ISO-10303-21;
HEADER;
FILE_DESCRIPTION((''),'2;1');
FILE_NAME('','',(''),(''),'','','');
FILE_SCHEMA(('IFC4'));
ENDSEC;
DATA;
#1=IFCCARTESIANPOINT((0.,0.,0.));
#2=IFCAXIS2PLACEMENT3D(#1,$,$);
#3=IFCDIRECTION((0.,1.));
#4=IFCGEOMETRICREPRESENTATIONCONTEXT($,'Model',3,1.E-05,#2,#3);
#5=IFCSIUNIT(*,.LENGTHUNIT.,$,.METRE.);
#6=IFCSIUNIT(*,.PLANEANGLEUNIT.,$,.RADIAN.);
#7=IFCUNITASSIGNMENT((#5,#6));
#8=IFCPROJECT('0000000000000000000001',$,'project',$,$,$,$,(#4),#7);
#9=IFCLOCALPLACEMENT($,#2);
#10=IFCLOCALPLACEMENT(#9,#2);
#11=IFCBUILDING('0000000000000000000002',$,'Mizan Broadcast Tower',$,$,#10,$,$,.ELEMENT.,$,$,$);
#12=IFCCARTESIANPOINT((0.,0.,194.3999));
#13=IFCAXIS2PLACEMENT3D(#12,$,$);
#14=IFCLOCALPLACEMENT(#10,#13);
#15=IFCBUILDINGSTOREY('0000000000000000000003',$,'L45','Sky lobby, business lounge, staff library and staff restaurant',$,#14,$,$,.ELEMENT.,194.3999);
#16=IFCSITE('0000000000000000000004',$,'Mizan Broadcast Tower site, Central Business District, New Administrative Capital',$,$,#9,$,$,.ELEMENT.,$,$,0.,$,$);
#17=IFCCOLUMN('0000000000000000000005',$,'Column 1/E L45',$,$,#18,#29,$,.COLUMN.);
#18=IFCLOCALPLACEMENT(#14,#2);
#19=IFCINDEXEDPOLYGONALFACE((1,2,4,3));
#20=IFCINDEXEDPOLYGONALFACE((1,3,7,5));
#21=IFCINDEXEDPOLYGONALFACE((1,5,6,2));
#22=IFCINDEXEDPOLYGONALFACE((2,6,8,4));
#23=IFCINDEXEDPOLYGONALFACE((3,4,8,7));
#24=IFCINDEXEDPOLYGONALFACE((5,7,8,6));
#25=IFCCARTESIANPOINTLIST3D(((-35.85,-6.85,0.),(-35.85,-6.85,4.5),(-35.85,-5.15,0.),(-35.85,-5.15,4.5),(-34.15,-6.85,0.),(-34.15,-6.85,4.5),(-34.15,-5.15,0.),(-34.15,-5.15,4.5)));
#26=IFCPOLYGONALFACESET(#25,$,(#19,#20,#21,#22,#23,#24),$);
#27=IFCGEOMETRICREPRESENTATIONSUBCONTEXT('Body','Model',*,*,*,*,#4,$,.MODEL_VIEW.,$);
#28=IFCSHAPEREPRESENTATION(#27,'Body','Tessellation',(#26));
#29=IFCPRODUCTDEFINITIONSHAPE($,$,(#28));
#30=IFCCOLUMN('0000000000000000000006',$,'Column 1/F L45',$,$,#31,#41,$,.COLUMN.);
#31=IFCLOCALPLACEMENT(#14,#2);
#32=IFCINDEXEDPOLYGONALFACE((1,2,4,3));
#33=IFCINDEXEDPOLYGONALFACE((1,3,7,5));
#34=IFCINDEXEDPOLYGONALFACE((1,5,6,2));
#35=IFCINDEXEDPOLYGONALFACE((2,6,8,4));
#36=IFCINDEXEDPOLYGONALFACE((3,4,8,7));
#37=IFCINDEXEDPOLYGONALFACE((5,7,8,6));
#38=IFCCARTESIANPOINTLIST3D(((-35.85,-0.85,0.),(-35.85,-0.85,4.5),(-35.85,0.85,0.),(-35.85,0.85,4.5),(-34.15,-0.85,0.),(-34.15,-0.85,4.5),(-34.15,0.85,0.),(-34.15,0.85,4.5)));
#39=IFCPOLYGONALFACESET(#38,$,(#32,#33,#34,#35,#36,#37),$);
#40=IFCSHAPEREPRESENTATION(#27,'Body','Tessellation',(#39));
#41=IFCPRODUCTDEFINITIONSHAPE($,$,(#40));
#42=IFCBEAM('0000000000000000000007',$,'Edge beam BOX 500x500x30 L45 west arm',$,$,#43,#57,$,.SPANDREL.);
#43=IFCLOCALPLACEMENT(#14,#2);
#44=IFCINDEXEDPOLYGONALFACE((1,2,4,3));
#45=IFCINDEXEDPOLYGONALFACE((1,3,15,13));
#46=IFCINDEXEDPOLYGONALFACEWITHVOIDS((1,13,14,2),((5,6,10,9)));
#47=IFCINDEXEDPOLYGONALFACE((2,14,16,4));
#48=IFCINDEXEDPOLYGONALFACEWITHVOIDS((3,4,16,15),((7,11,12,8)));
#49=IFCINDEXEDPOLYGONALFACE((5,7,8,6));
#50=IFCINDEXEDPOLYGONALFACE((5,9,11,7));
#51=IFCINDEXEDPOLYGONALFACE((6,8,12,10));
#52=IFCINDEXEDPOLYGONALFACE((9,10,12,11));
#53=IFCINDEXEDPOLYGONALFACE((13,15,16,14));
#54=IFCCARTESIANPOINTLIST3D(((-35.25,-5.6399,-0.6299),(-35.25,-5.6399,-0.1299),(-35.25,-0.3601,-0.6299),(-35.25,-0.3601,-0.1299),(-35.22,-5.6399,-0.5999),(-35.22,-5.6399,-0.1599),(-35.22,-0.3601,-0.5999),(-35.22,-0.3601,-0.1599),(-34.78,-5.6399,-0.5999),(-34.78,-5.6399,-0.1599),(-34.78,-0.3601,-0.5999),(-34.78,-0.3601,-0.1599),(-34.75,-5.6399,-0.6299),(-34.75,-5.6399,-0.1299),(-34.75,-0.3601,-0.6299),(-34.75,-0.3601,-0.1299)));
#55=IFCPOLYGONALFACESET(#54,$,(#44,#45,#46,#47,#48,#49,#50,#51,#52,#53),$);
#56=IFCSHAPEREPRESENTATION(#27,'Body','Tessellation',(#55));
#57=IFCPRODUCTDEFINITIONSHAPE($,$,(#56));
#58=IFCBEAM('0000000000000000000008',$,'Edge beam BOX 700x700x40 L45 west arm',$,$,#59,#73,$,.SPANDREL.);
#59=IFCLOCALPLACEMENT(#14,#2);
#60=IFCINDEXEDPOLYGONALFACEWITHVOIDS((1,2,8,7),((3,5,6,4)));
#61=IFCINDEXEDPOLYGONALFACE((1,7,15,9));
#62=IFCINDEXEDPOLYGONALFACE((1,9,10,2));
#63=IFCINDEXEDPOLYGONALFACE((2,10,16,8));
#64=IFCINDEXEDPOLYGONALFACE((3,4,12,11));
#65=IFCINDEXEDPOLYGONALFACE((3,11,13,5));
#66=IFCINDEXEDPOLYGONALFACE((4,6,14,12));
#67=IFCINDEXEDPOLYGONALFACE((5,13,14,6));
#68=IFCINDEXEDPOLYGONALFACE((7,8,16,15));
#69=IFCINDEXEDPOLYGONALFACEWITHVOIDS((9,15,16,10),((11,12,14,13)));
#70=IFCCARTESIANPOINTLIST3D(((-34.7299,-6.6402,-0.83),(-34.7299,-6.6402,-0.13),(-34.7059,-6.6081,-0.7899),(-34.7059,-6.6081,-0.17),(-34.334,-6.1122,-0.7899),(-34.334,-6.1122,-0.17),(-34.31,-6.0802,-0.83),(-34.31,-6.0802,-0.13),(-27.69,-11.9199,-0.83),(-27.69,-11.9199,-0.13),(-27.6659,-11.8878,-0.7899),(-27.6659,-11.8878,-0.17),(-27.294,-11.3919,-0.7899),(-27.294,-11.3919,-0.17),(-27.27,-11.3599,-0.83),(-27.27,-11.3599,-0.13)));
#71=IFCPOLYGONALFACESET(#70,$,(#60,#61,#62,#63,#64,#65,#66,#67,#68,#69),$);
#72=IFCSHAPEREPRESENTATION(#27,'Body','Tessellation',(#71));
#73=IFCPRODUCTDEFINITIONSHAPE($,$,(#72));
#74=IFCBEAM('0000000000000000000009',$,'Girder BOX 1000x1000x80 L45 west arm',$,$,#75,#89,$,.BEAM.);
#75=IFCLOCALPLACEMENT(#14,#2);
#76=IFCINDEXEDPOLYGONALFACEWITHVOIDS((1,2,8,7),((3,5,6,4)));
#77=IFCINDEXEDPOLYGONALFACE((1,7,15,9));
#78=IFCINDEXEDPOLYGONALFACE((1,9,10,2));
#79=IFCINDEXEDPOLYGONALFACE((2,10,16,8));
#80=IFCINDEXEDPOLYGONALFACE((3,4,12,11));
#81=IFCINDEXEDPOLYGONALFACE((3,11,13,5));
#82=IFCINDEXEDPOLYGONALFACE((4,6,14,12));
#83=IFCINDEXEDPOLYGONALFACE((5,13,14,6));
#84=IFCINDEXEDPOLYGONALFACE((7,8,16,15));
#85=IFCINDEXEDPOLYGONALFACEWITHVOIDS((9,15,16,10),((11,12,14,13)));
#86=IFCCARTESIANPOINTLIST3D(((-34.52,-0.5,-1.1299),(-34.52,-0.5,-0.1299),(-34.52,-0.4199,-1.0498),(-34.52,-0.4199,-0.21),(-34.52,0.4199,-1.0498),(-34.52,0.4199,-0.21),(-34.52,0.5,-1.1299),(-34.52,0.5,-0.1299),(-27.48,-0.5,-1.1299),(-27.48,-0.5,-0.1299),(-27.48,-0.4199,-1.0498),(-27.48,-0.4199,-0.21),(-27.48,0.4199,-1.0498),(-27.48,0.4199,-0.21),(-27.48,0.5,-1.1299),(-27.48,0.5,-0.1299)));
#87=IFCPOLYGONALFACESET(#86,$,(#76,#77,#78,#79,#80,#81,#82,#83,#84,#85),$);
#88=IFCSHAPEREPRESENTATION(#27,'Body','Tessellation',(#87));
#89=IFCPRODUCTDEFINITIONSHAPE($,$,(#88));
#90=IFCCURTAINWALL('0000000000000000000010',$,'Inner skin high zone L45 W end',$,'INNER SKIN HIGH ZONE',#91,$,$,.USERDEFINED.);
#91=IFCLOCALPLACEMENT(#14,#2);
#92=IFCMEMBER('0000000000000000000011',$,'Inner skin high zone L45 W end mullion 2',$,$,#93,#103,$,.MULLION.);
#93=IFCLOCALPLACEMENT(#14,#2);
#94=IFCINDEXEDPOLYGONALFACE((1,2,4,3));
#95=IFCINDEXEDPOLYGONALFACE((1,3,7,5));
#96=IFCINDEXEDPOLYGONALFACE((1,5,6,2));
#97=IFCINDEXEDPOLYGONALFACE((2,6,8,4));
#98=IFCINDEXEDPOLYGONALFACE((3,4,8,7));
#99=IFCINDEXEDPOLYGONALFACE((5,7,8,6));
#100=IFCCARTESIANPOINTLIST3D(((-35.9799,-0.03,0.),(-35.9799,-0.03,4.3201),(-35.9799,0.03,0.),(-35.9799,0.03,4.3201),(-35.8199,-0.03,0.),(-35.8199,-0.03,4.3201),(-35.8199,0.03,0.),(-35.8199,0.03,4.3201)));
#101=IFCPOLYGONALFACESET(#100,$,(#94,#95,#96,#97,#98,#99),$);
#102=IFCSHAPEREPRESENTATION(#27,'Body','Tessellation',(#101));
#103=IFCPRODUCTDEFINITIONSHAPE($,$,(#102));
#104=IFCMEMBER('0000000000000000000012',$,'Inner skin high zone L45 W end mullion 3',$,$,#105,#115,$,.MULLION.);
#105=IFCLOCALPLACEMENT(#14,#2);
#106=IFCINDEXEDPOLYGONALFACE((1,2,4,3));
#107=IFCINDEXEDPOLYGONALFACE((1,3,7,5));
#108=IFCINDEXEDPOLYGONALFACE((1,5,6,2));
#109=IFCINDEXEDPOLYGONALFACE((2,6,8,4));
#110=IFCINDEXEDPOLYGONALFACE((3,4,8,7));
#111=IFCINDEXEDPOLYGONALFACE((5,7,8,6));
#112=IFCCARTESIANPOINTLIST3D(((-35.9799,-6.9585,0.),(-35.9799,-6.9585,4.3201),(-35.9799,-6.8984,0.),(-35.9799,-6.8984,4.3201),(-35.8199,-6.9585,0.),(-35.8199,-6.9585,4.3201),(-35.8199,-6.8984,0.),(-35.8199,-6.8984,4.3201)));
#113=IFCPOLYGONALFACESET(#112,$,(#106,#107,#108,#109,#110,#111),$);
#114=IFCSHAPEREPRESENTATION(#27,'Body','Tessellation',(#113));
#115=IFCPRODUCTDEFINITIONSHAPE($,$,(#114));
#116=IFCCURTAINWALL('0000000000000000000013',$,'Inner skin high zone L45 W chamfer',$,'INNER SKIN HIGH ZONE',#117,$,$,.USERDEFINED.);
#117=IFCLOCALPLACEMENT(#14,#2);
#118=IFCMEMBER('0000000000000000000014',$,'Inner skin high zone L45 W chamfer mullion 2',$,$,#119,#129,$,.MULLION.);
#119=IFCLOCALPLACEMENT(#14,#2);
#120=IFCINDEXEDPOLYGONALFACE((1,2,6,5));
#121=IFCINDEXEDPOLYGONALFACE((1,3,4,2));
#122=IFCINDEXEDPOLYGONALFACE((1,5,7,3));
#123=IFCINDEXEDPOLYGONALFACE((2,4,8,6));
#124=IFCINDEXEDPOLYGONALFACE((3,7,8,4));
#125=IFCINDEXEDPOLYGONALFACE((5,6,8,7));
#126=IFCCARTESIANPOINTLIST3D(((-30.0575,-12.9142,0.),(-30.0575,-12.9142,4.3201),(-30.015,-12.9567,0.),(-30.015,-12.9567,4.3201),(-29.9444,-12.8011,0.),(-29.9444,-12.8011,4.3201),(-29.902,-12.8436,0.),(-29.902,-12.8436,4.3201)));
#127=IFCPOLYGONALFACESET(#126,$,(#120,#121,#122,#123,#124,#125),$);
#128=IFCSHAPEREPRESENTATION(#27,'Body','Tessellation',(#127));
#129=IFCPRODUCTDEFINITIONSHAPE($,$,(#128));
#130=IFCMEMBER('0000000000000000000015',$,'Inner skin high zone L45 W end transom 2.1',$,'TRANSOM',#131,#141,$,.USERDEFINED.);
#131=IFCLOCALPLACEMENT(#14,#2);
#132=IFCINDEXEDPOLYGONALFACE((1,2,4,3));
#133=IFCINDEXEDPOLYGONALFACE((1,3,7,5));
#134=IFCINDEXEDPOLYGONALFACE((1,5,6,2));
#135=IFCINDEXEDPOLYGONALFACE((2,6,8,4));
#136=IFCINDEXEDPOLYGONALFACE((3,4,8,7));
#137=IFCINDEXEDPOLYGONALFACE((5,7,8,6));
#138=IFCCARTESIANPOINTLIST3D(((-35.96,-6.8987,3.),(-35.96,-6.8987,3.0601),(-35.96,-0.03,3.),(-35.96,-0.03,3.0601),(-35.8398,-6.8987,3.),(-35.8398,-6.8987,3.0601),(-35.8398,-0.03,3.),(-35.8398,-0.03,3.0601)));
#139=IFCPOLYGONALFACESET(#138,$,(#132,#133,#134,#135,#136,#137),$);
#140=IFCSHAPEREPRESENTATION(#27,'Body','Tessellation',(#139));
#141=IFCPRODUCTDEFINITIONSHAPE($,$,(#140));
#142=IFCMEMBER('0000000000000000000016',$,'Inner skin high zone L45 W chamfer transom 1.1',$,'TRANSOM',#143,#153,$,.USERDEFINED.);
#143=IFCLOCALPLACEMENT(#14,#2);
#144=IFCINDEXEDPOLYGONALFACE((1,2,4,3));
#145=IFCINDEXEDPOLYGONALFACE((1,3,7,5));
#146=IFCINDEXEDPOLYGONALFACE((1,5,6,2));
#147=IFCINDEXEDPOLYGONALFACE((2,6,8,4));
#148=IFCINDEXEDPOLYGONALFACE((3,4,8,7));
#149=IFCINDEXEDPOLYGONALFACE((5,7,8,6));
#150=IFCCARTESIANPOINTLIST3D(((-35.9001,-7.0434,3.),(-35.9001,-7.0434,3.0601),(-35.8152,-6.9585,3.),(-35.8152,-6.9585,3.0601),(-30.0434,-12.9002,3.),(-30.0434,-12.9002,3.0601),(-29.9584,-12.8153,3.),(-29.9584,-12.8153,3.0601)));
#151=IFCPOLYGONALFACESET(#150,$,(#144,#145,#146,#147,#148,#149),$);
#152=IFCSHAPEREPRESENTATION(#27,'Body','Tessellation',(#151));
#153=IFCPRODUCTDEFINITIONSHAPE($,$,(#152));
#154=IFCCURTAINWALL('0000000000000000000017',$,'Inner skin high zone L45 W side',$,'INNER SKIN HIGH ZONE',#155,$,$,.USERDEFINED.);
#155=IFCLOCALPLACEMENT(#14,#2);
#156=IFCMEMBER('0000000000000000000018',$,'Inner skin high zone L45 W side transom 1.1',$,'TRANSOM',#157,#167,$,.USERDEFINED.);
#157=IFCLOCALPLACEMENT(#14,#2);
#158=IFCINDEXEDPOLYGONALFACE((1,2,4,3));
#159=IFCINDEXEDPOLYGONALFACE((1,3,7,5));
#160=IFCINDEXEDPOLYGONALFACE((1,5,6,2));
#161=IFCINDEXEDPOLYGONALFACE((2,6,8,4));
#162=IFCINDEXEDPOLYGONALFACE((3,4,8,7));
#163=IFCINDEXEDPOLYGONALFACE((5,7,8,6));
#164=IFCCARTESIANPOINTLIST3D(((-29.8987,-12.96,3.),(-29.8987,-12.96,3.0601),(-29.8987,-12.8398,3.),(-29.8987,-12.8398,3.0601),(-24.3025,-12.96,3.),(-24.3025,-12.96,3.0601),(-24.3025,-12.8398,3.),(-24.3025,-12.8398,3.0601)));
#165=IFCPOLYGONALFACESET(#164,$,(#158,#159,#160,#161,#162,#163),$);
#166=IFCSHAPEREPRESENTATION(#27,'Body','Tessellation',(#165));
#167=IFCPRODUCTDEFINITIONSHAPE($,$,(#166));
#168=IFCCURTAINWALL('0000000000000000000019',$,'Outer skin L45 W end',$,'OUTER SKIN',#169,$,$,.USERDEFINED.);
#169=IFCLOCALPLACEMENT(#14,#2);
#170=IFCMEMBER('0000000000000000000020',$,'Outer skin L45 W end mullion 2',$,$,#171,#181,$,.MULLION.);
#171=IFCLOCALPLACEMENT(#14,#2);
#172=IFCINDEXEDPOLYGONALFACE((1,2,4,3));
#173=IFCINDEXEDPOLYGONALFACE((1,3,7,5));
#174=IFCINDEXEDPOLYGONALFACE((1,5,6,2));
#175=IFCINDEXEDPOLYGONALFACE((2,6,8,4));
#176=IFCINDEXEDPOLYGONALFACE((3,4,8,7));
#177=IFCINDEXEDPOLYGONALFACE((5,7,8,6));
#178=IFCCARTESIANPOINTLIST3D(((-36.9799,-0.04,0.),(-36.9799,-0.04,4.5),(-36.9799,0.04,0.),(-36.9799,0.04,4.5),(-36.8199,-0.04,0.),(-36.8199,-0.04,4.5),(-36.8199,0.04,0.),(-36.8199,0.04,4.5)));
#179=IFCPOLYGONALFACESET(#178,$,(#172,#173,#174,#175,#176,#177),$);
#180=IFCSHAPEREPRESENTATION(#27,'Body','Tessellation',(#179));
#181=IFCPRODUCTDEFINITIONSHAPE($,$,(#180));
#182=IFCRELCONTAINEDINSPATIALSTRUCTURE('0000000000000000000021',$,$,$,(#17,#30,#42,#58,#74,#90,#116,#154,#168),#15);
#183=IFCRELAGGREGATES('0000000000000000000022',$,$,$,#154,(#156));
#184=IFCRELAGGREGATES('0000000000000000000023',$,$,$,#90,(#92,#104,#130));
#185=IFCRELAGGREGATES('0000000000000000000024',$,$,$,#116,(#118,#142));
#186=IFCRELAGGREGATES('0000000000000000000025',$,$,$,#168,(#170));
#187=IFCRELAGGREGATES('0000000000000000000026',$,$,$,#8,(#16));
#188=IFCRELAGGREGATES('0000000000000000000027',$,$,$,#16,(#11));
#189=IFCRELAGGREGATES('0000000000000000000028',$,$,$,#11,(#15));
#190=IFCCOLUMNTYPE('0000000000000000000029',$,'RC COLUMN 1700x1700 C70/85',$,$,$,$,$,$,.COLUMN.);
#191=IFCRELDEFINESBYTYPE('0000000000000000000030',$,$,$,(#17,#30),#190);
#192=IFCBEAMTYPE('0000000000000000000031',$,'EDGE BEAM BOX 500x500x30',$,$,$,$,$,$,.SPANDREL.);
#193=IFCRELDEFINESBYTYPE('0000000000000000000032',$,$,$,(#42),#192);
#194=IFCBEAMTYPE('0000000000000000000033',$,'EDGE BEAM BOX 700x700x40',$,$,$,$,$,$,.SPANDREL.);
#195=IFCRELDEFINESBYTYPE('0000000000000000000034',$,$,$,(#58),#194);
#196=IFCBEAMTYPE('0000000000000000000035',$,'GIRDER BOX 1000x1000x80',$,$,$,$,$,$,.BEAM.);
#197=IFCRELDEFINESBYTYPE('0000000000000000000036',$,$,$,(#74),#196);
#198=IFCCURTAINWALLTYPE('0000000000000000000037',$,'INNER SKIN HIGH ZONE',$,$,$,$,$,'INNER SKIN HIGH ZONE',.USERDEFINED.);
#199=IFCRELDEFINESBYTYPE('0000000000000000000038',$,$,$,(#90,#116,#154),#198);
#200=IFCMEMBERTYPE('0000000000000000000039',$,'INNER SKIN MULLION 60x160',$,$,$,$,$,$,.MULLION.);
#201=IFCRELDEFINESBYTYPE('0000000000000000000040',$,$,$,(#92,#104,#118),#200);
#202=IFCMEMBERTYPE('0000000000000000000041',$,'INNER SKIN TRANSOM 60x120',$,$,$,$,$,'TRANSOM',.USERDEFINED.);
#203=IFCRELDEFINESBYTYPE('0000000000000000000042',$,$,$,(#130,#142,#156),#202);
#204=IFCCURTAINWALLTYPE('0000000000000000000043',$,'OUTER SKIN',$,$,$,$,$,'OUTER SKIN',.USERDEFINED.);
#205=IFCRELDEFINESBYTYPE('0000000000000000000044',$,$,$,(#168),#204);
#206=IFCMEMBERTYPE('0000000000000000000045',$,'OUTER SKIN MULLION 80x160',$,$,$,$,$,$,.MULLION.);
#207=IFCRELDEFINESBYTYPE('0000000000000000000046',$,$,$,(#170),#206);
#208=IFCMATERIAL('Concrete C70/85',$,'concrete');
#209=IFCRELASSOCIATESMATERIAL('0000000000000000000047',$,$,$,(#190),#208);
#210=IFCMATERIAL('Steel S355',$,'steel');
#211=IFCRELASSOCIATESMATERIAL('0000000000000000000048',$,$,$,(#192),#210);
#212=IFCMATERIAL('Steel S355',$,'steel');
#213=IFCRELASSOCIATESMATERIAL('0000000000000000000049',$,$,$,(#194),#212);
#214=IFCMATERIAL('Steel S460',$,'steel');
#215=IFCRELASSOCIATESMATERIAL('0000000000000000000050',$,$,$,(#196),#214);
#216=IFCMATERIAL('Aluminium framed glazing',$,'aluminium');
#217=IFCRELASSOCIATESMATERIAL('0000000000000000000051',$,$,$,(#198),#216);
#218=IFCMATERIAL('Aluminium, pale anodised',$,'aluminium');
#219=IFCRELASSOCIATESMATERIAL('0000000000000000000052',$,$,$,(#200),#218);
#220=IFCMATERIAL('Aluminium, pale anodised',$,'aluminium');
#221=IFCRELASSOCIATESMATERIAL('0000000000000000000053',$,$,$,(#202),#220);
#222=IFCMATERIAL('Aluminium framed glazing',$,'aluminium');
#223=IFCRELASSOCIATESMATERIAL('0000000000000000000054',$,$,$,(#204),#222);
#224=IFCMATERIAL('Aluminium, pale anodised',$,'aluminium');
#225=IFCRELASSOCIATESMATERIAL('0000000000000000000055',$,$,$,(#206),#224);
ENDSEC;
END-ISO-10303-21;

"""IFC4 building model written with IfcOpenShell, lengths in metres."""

from ifc_helpers import new_model, si_unit, direction, frame, origin, origin_2d, place, context, subcontext, project, spatial, rectangle, hollow_rectangle, extrude, material, material_profile, profile_set, type_object, element, aggregate, save


model = new_model("IFC4")

# Units and contexts
model_context = context("Model", 3, precision=1e-05, world=origin(), true_north=direction((0.0, 1.0)))
body_context = subcontext(model_context, "Body", "Model", "MODEL_VIEW")
ifc_project = project(units=[si_unit("LENGTHUNIT", "METRE"), si_unit("PLANEANGLEUNIT", "RADIAN")], contexts=[model_context])

# Site, building, storey
site_placement = place(None, origin())
site = spatial("IfcSite", under=ifc_project, at=site_placement, Name="Mizan Broadcast Tower site, Central Business District, New Administrative Capital", CompositionType="ELEMENT", RefElevation=0.0)
building_placement = place(site_placement, origin())
building = spatial("IfcBuilding", under=site, at=building_placement, Name="Mizan Broadcast Tower", CompositionType="ELEMENT")
storey_placement = place(building_placement, frame((0.0, 0.0, 194.3999)))
storey = spatial("IfcBuildingStorey", under=building, at=storey_placement, Name="L45", Description="Sky lobby, business lounge, staff library and staff restaurant", CompositionType="ELEMENT", Elevation=194.3999)

# Columns
ifc_material_1 = material(Name="Concrete C70/85", Category="concrete")
ifc_material_profile_1 = material_profile(ifc_material_1, rectangle(XDim=1.7, YDim=1.7, at=origin_2d()), Name="RC 1700x1700")
ifc_profile_set_1 = profile_set([ifc_material_profile_1], Name="Concrete C70/85")
column_type = type_object("IfcColumnType", Name="RC COLUMN 1700x1700 C70/85", PredefinedType="COLUMN", material=ifc_profile_set_1)
for number, where, z_axis, x_axis, name in (
    (1, (-35.0, -6.0, 0.0), (0.0, 0.0, 1.0), (1.0, 0.0, 0.0), "Column 1/E L45"),
    (2, (-35.0, 0.0, 0.0), (0.0, 0.0, 1.0), (1.0, 0.0, 0.0), "Column 1/F L45"),
):
    element("IfcColumn", number, at=place(storey_placement, frame(where, z_axis=z_axis, x_axis=x_axis)), inside=storey, type_object=column_type, Name=name, PredefinedType="COLUMN", context=body_context, shape_type="SweptSolid", body=[
        extrude(rectangle(XDim=1.7, YDim=1.7, at=origin_2d()), origin(), (0.0, 0.0, 1.0), 4.5),
    ])

# Beams
ifc_material_2 = material(Name="Steel S355", Category="steel")
ifc_material_profile_2 = material_profile(ifc_material_2, hollow_rectangle(XDim=0.5, YDim=0.5, WallThickness=0.03, at=origin_2d()), Name="BOX 500x500x30")
ifc_profile_set_2 = profile_set([ifc_material_profile_2], Name="Steel S355")
beam_type_1 = type_object("IfcBeamType", Name="EDGE BEAM BOX 500x500x30", PredefinedType="SPANDREL", material=ifc_profile_set_2)
beam_1_placement = place(storey_placement, frame((-35.0, -5.6399, -0.3799), z_axis=(0.0, 1.0, 0.0), x_axis=(-1.0, 0.0, 0.0)))
element("IfcBeam", 3, at=beam_1_placement, inside=storey, type_object=beam_type_1, Name="Edge beam BOX 500x500x30 L45 west arm", PredefinedType="SPANDREL", context=body_context, shape_type="SweptSolid", body=[
    extrude(hollow_rectangle(XDim=0.5, YDim=0.5, WallThickness=0.03, at=origin_2d()), origin(), (0.0, 0.0, 1.0), 5.2798),
])
ifc_material_3 = material(Name="Steel S355", Category="steel")
ifc_material_profile_3 = material_profile(ifc_material_3, hollow_rectangle(XDim=0.7, YDim=0.7, WallThickness=0.04, at=origin_2d()), Name="BOX 700x700x40")
ifc_profile_set_3 = profile_set([ifc_material_profile_3], Name="Steel S355")
beam_type_2 = type_object("IfcBeamType", Name="EDGE BEAM BOX 700x700x40", PredefinedType="SPANDREL", material=ifc_profile_set_3)
beam_2_placement = place(storey_placement, frame((-27.48, -11.6399, -0.48), z_axis=(-0.800013, 0.599982, 0.0), x_axis=(-0.599982, -0.800013, 0.0)))
element("IfcBeam", 4, at=beam_2_placement, inside=storey, type_object=beam_type_2, Name="Edge beam BOX 700x700x40 L45 west arm", PredefinedType="SPANDREL", context=body_context, shape_type="SweptSolid", body=[
    extrude(hollow_rectangle(XDim=0.7, YDim=0.7, WallThickness=0.04, at=origin_2d()), origin(), (0.0, 0.0, 1.0), 8.7998),
])
ifc_material_4 = material(Name="Steel S460", Category="steel")
ifc_material_profile_4 = material_profile(ifc_material_4, hollow_rectangle(XDim=1.0, YDim=1.0, WallThickness=0.0801, at=origin_2d()), Name="BOX 1000x1000x80")
ifc_profile_set_4 = profile_set([ifc_material_profile_4], Name="Steel S460")
beam_type_3 = type_object("IfcBeamType", Name="GIRDER BOX 1000x1000x80", PredefinedType="BEAM", material=ifc_profile_set_4)
beam_3_placement = place(storey_placement, frame((-27.48, 0.0, -0.6299), z_axis=(-1.0, 0.0, 0.0), x_axis=(0.0, -1.0, 0.0)))
element("IfcBeam", 5, at=beam_3_placement, inside=storey, type_object=beam_type_3, Name="Girder BOX 1000x1000x80 L45 west arm", PredefinedType="BEAM", context=body_context, shape_type="SweptSolid", body=[
    extrude(hollow_rectangle(XDim=1.0, YDim=1.0, WallThickness=0.0801, at=origin_2d()), origin(), (0.0, 0.0, 1.0), 7.04),
])

# Curtain wall, members
ifc_material_5 = material(Name="Aluminium framed glazing", Category="aluminium")
curtain_wall_type_1 = type_object("IfcCurtainWallType", Name="INNER SKIN HIGH ZONE", ElementType="INNER SKIN HIGH ZONE", PredefinedType="USERDEFINED", material=ifc_material_5)
curtain_wall_1_placement = place(storey_placement, origin())
curtain_wall_1 = element("IfcCurtainWall", 6, at=curtain_wall_1_placement, inside=storey, type_object=curtain_wall_type_1, Name="Inner skin high zone L45 W end", ObjectType="INNER SKIN HIGH ZONE", PredefinedType="USERDEFINED")
ifc_material_6 = material(Name="Aluminium, pale anodised", Category="aluminium")
ifc_material_profile_5 = material_profile(ifc_material_6, rectangle(XDim=0.1599, YDim=0.0601, at=origin_2d()), Name="MULLION 160x60")
ifc_profile_set_5 = profile_set([ifc_material_profile_5], Name="Aluminium, pale anodised")
member_type_1 = type_object("IfcMemberType", Name="INNER SKIN MULLION 60x160", PredefinedType="MULLION", material=ifc_profile_set_5)
member_1_placement = place(storey_placement, frame((-35.8999, 0.0, 0.0), z_axis=(0.0, 0.0, 1.0), x_axis=(1.0, 0.0, 0.0)))
member_1 = element("IfcMember", 7, at=member_1_placement, type_object=member_type_1, Name="Inner skin high zone L45 W end mullion 2", PredefinedType="MULLION", context=body_context, shape_type="SweptSolid", body=[
    extrude(rectangle(XDim=0.1599, YDim=0.0601, at=origin_2d()), origin(), (0.0, 0.0, 1.0), 4.3201),
])
member_2_placement = place(storey_placement, frame((-35.8999, -6.9285, 0.0), z_axis=(0.0, 0.0, 1.0), x_axis=(1.0, 0.0, 0.0)))
member_2 = element("IfcMember", 8, at=member_2_placement, type_object=member_type_1, Name="Inner skin high zone L45 W end mullion 3", PredefinedType="MULLION", context=body_context, shape_type="SweptSolid", body=[
    extrude(rectangle(XDim=0.1599, YDim=0.0601, at=origin_2d()), origin(), (0.0, 0.0, 1.0), 4.3201),
])

# Curtain wall, member
curtain_wall_2_placement = place(storey_placement, origin())
curtain_wall_2 = element("IfcCurtainWall", 9, at=curtain_wall_2_placement, inside=storey, type_object=curtain_wall_type_1, Name="Inner skin high zone L45 W chamfer", ObjectType="INNER SKIN HIGH ZONE", PredefinedType="USERDEFINED")
member_3_placement = place(storey_placement, frame((-29.9797, -12.8789, 0.0), z_axis=(0.0, 0.0, 1.0), x_axis=(0.707107, 0.707107, 0.0)))
member_3 = element("IfcMember", 10, at=member_3_placement, type_object=member_type_1, Name="Inner skin high zone L45 W chamfer mullion 2", PredefinedType="MULLION", context=body_context, shape_type="SweptSolid", body=[
    extrude(rectangle(XDim=0.1599, YDim=0.0601, at=origin_2d()), origin(), (0.0, 0.0, 1.0), 4.3201),
])

# Members
ifc_material_7 = material(Name="Aluminium, pale anodised", Category="aluminium")
ifc_material_profile_6 = material_profile(ifc_material_7, rectangle(XDim=0.1201, YDim=0.0601, at=origin_2d()), Name="TRANSOM 120x60")
ifc_profile_set_6 = profile_set([ifc_material_profile_6], Name="Aluminium, pale anodised")
member_type_2 = type_object("IfcMemberType", Name="INNER SKIN TRANSOM 60x120", ElementType="TRANSOM", PredefinedType="USERDEFINED", material=ifc_profile_set_6)
member_4_placement = place(storey_placement, frame((-35.8999, -0.03, 3.03), z_axis=(0.0, -1.0, 0.0), x_axis=(1.0, 0.0, 0.0)))
member_4 = element("IfcMember", 11, at=member_4_placement, type_object=member_type_2, Name="Inner skin high zone L45 W end transom 2.1", ObjectType="TRANSOM", PredefinedType="USERDEFINED", context=body_context, shape_type="SweptSolid", body=[
    extrude(rectangle(XDim=0.1201, YDim=0.0601, at=origin_2d()), origin(), (0.0, 0.0, 1.0), 6.8687),
])
member_5_placement = place(storey_placement, frame((-35.8577, -7.001, 3.03), z_axis=(0.707107, -0.707107, 0.0), x_axis=(0.707107, 0.707107, 0.0)))
member_5 = element("IfcMember", 12, at=member_5_placement, type_object=member_type_2, Name="Inner skin high zone L45 W chamfer transom 1.1", ObjectType="TRANSOM", PredefinedType="USERDEFINED", context=body_context, shape_type="SweptSolid", body=[
    extrude(rectangle(XDim=0.1201, YDim=0.0601, at=origin_2d()), origin(), (0.0, 0.0, 1.0), 8.2827),
])

# Curtain wall, member
curtain_wall_3_placement = place(storey_placement, origin())
curtain_wall_3 = element("IfcCurtainWall", 13, at=curtain_wall_3_placement, inside=storey, type_object=curtain_wall_type_1, Name="Inner skin high zone L45 W side", ObjectType="INNER SKIN HIGH ZONE", PredefinedType="USERDEFINED")
member_6_placement = place(storey_placement, frame((-29.8987, -12.8999, 3.03), z_axis=(1.0, 0.0, 0.0), x_axis=(0.0, 1.0, 0.0)))
member_6 = element("IfcMember", 14, at=member_6_placement, type_object=member_type_2, Name="Inner skin high zone L45 W side transom 1.1", ObjectType="TRANSOM", PredefinedType="USERDEFINED", context=body_context, shape_type="SweptSolid", body=[
    extrude(rectangle(XDim=0.1201, YDim=0.0601, at=origin_2d()), origin(), (0.0, 0.0, 1.0), 5.5962),
])
aggregate(curtain_wall_3, [member_6])

# Curtain wall, member
ifc_material_8 = material(Name="Aluminium framed glazing", Category="aluminium")
curtain_wall_type_2 = type_object("IfcCurtainWallType", Name="OUTER SKIN", ElementType="OUTER SKIN", PredefinedType="USERDEFINED", material=ifc_material_8)
curtain_wall_4_placement = place(storey_placement, origin())
curtain_wall_4 = element("IfcCurtainWall", 15, at=curtain_wall_4_placement, inside=storey, type_object=curtain_wall_type_2, Name="Outer skin L45 W end", ObjectType="OUTER SKIN", PredefinedType="USERDEFINED")
ifc_material_9 = material(Name="Aluminium, pale anodised", Category="aluminium")
ifc_material_profile_7 = material_profile(ifc_material_9, rectangle(XDim=0.1599, YDim=0.0801, at=origin_2d()), Name="MULLION 160x80")
ifc_profile_set_7 = profile_set([ifc_material_profile_7], Name="Aluminium, pale anodised")
member_type_3 = type_object("IfcMemberType", Name="OUTER SKIN MULLION 80x160", PredefinedType="MULLION", material=ifc_profile_set_7)
member_7_placement = place(storey_placement, frame((-36.8999, 0.0, 0.0), z_axis=(0.0, 0.0, 1.0), x_axis=(1.0, 0.0, 0.0)))
member_7 = element("IfcMember", 16, at=member_7_placement, type_object=member_type_3, Name="Outer skin L45 W end mullion 2", PredefinedType="MULLION", context=body_context, shape_type="SweptSolid", body=[
    extrude(rectangle(XDim=0.1599, YDim=0.0801, at=origin_2d()), origin(), (0.0, 0.0, 1.0), 4.5),
])

aggregate(curtain_wall_1, [member_1, member_2, member_4])
aggregate(curtain_wall_2, [member_3, member_5])
aggregate(curtain_wall_4, [member_7])

save(model, "model.ifc")
